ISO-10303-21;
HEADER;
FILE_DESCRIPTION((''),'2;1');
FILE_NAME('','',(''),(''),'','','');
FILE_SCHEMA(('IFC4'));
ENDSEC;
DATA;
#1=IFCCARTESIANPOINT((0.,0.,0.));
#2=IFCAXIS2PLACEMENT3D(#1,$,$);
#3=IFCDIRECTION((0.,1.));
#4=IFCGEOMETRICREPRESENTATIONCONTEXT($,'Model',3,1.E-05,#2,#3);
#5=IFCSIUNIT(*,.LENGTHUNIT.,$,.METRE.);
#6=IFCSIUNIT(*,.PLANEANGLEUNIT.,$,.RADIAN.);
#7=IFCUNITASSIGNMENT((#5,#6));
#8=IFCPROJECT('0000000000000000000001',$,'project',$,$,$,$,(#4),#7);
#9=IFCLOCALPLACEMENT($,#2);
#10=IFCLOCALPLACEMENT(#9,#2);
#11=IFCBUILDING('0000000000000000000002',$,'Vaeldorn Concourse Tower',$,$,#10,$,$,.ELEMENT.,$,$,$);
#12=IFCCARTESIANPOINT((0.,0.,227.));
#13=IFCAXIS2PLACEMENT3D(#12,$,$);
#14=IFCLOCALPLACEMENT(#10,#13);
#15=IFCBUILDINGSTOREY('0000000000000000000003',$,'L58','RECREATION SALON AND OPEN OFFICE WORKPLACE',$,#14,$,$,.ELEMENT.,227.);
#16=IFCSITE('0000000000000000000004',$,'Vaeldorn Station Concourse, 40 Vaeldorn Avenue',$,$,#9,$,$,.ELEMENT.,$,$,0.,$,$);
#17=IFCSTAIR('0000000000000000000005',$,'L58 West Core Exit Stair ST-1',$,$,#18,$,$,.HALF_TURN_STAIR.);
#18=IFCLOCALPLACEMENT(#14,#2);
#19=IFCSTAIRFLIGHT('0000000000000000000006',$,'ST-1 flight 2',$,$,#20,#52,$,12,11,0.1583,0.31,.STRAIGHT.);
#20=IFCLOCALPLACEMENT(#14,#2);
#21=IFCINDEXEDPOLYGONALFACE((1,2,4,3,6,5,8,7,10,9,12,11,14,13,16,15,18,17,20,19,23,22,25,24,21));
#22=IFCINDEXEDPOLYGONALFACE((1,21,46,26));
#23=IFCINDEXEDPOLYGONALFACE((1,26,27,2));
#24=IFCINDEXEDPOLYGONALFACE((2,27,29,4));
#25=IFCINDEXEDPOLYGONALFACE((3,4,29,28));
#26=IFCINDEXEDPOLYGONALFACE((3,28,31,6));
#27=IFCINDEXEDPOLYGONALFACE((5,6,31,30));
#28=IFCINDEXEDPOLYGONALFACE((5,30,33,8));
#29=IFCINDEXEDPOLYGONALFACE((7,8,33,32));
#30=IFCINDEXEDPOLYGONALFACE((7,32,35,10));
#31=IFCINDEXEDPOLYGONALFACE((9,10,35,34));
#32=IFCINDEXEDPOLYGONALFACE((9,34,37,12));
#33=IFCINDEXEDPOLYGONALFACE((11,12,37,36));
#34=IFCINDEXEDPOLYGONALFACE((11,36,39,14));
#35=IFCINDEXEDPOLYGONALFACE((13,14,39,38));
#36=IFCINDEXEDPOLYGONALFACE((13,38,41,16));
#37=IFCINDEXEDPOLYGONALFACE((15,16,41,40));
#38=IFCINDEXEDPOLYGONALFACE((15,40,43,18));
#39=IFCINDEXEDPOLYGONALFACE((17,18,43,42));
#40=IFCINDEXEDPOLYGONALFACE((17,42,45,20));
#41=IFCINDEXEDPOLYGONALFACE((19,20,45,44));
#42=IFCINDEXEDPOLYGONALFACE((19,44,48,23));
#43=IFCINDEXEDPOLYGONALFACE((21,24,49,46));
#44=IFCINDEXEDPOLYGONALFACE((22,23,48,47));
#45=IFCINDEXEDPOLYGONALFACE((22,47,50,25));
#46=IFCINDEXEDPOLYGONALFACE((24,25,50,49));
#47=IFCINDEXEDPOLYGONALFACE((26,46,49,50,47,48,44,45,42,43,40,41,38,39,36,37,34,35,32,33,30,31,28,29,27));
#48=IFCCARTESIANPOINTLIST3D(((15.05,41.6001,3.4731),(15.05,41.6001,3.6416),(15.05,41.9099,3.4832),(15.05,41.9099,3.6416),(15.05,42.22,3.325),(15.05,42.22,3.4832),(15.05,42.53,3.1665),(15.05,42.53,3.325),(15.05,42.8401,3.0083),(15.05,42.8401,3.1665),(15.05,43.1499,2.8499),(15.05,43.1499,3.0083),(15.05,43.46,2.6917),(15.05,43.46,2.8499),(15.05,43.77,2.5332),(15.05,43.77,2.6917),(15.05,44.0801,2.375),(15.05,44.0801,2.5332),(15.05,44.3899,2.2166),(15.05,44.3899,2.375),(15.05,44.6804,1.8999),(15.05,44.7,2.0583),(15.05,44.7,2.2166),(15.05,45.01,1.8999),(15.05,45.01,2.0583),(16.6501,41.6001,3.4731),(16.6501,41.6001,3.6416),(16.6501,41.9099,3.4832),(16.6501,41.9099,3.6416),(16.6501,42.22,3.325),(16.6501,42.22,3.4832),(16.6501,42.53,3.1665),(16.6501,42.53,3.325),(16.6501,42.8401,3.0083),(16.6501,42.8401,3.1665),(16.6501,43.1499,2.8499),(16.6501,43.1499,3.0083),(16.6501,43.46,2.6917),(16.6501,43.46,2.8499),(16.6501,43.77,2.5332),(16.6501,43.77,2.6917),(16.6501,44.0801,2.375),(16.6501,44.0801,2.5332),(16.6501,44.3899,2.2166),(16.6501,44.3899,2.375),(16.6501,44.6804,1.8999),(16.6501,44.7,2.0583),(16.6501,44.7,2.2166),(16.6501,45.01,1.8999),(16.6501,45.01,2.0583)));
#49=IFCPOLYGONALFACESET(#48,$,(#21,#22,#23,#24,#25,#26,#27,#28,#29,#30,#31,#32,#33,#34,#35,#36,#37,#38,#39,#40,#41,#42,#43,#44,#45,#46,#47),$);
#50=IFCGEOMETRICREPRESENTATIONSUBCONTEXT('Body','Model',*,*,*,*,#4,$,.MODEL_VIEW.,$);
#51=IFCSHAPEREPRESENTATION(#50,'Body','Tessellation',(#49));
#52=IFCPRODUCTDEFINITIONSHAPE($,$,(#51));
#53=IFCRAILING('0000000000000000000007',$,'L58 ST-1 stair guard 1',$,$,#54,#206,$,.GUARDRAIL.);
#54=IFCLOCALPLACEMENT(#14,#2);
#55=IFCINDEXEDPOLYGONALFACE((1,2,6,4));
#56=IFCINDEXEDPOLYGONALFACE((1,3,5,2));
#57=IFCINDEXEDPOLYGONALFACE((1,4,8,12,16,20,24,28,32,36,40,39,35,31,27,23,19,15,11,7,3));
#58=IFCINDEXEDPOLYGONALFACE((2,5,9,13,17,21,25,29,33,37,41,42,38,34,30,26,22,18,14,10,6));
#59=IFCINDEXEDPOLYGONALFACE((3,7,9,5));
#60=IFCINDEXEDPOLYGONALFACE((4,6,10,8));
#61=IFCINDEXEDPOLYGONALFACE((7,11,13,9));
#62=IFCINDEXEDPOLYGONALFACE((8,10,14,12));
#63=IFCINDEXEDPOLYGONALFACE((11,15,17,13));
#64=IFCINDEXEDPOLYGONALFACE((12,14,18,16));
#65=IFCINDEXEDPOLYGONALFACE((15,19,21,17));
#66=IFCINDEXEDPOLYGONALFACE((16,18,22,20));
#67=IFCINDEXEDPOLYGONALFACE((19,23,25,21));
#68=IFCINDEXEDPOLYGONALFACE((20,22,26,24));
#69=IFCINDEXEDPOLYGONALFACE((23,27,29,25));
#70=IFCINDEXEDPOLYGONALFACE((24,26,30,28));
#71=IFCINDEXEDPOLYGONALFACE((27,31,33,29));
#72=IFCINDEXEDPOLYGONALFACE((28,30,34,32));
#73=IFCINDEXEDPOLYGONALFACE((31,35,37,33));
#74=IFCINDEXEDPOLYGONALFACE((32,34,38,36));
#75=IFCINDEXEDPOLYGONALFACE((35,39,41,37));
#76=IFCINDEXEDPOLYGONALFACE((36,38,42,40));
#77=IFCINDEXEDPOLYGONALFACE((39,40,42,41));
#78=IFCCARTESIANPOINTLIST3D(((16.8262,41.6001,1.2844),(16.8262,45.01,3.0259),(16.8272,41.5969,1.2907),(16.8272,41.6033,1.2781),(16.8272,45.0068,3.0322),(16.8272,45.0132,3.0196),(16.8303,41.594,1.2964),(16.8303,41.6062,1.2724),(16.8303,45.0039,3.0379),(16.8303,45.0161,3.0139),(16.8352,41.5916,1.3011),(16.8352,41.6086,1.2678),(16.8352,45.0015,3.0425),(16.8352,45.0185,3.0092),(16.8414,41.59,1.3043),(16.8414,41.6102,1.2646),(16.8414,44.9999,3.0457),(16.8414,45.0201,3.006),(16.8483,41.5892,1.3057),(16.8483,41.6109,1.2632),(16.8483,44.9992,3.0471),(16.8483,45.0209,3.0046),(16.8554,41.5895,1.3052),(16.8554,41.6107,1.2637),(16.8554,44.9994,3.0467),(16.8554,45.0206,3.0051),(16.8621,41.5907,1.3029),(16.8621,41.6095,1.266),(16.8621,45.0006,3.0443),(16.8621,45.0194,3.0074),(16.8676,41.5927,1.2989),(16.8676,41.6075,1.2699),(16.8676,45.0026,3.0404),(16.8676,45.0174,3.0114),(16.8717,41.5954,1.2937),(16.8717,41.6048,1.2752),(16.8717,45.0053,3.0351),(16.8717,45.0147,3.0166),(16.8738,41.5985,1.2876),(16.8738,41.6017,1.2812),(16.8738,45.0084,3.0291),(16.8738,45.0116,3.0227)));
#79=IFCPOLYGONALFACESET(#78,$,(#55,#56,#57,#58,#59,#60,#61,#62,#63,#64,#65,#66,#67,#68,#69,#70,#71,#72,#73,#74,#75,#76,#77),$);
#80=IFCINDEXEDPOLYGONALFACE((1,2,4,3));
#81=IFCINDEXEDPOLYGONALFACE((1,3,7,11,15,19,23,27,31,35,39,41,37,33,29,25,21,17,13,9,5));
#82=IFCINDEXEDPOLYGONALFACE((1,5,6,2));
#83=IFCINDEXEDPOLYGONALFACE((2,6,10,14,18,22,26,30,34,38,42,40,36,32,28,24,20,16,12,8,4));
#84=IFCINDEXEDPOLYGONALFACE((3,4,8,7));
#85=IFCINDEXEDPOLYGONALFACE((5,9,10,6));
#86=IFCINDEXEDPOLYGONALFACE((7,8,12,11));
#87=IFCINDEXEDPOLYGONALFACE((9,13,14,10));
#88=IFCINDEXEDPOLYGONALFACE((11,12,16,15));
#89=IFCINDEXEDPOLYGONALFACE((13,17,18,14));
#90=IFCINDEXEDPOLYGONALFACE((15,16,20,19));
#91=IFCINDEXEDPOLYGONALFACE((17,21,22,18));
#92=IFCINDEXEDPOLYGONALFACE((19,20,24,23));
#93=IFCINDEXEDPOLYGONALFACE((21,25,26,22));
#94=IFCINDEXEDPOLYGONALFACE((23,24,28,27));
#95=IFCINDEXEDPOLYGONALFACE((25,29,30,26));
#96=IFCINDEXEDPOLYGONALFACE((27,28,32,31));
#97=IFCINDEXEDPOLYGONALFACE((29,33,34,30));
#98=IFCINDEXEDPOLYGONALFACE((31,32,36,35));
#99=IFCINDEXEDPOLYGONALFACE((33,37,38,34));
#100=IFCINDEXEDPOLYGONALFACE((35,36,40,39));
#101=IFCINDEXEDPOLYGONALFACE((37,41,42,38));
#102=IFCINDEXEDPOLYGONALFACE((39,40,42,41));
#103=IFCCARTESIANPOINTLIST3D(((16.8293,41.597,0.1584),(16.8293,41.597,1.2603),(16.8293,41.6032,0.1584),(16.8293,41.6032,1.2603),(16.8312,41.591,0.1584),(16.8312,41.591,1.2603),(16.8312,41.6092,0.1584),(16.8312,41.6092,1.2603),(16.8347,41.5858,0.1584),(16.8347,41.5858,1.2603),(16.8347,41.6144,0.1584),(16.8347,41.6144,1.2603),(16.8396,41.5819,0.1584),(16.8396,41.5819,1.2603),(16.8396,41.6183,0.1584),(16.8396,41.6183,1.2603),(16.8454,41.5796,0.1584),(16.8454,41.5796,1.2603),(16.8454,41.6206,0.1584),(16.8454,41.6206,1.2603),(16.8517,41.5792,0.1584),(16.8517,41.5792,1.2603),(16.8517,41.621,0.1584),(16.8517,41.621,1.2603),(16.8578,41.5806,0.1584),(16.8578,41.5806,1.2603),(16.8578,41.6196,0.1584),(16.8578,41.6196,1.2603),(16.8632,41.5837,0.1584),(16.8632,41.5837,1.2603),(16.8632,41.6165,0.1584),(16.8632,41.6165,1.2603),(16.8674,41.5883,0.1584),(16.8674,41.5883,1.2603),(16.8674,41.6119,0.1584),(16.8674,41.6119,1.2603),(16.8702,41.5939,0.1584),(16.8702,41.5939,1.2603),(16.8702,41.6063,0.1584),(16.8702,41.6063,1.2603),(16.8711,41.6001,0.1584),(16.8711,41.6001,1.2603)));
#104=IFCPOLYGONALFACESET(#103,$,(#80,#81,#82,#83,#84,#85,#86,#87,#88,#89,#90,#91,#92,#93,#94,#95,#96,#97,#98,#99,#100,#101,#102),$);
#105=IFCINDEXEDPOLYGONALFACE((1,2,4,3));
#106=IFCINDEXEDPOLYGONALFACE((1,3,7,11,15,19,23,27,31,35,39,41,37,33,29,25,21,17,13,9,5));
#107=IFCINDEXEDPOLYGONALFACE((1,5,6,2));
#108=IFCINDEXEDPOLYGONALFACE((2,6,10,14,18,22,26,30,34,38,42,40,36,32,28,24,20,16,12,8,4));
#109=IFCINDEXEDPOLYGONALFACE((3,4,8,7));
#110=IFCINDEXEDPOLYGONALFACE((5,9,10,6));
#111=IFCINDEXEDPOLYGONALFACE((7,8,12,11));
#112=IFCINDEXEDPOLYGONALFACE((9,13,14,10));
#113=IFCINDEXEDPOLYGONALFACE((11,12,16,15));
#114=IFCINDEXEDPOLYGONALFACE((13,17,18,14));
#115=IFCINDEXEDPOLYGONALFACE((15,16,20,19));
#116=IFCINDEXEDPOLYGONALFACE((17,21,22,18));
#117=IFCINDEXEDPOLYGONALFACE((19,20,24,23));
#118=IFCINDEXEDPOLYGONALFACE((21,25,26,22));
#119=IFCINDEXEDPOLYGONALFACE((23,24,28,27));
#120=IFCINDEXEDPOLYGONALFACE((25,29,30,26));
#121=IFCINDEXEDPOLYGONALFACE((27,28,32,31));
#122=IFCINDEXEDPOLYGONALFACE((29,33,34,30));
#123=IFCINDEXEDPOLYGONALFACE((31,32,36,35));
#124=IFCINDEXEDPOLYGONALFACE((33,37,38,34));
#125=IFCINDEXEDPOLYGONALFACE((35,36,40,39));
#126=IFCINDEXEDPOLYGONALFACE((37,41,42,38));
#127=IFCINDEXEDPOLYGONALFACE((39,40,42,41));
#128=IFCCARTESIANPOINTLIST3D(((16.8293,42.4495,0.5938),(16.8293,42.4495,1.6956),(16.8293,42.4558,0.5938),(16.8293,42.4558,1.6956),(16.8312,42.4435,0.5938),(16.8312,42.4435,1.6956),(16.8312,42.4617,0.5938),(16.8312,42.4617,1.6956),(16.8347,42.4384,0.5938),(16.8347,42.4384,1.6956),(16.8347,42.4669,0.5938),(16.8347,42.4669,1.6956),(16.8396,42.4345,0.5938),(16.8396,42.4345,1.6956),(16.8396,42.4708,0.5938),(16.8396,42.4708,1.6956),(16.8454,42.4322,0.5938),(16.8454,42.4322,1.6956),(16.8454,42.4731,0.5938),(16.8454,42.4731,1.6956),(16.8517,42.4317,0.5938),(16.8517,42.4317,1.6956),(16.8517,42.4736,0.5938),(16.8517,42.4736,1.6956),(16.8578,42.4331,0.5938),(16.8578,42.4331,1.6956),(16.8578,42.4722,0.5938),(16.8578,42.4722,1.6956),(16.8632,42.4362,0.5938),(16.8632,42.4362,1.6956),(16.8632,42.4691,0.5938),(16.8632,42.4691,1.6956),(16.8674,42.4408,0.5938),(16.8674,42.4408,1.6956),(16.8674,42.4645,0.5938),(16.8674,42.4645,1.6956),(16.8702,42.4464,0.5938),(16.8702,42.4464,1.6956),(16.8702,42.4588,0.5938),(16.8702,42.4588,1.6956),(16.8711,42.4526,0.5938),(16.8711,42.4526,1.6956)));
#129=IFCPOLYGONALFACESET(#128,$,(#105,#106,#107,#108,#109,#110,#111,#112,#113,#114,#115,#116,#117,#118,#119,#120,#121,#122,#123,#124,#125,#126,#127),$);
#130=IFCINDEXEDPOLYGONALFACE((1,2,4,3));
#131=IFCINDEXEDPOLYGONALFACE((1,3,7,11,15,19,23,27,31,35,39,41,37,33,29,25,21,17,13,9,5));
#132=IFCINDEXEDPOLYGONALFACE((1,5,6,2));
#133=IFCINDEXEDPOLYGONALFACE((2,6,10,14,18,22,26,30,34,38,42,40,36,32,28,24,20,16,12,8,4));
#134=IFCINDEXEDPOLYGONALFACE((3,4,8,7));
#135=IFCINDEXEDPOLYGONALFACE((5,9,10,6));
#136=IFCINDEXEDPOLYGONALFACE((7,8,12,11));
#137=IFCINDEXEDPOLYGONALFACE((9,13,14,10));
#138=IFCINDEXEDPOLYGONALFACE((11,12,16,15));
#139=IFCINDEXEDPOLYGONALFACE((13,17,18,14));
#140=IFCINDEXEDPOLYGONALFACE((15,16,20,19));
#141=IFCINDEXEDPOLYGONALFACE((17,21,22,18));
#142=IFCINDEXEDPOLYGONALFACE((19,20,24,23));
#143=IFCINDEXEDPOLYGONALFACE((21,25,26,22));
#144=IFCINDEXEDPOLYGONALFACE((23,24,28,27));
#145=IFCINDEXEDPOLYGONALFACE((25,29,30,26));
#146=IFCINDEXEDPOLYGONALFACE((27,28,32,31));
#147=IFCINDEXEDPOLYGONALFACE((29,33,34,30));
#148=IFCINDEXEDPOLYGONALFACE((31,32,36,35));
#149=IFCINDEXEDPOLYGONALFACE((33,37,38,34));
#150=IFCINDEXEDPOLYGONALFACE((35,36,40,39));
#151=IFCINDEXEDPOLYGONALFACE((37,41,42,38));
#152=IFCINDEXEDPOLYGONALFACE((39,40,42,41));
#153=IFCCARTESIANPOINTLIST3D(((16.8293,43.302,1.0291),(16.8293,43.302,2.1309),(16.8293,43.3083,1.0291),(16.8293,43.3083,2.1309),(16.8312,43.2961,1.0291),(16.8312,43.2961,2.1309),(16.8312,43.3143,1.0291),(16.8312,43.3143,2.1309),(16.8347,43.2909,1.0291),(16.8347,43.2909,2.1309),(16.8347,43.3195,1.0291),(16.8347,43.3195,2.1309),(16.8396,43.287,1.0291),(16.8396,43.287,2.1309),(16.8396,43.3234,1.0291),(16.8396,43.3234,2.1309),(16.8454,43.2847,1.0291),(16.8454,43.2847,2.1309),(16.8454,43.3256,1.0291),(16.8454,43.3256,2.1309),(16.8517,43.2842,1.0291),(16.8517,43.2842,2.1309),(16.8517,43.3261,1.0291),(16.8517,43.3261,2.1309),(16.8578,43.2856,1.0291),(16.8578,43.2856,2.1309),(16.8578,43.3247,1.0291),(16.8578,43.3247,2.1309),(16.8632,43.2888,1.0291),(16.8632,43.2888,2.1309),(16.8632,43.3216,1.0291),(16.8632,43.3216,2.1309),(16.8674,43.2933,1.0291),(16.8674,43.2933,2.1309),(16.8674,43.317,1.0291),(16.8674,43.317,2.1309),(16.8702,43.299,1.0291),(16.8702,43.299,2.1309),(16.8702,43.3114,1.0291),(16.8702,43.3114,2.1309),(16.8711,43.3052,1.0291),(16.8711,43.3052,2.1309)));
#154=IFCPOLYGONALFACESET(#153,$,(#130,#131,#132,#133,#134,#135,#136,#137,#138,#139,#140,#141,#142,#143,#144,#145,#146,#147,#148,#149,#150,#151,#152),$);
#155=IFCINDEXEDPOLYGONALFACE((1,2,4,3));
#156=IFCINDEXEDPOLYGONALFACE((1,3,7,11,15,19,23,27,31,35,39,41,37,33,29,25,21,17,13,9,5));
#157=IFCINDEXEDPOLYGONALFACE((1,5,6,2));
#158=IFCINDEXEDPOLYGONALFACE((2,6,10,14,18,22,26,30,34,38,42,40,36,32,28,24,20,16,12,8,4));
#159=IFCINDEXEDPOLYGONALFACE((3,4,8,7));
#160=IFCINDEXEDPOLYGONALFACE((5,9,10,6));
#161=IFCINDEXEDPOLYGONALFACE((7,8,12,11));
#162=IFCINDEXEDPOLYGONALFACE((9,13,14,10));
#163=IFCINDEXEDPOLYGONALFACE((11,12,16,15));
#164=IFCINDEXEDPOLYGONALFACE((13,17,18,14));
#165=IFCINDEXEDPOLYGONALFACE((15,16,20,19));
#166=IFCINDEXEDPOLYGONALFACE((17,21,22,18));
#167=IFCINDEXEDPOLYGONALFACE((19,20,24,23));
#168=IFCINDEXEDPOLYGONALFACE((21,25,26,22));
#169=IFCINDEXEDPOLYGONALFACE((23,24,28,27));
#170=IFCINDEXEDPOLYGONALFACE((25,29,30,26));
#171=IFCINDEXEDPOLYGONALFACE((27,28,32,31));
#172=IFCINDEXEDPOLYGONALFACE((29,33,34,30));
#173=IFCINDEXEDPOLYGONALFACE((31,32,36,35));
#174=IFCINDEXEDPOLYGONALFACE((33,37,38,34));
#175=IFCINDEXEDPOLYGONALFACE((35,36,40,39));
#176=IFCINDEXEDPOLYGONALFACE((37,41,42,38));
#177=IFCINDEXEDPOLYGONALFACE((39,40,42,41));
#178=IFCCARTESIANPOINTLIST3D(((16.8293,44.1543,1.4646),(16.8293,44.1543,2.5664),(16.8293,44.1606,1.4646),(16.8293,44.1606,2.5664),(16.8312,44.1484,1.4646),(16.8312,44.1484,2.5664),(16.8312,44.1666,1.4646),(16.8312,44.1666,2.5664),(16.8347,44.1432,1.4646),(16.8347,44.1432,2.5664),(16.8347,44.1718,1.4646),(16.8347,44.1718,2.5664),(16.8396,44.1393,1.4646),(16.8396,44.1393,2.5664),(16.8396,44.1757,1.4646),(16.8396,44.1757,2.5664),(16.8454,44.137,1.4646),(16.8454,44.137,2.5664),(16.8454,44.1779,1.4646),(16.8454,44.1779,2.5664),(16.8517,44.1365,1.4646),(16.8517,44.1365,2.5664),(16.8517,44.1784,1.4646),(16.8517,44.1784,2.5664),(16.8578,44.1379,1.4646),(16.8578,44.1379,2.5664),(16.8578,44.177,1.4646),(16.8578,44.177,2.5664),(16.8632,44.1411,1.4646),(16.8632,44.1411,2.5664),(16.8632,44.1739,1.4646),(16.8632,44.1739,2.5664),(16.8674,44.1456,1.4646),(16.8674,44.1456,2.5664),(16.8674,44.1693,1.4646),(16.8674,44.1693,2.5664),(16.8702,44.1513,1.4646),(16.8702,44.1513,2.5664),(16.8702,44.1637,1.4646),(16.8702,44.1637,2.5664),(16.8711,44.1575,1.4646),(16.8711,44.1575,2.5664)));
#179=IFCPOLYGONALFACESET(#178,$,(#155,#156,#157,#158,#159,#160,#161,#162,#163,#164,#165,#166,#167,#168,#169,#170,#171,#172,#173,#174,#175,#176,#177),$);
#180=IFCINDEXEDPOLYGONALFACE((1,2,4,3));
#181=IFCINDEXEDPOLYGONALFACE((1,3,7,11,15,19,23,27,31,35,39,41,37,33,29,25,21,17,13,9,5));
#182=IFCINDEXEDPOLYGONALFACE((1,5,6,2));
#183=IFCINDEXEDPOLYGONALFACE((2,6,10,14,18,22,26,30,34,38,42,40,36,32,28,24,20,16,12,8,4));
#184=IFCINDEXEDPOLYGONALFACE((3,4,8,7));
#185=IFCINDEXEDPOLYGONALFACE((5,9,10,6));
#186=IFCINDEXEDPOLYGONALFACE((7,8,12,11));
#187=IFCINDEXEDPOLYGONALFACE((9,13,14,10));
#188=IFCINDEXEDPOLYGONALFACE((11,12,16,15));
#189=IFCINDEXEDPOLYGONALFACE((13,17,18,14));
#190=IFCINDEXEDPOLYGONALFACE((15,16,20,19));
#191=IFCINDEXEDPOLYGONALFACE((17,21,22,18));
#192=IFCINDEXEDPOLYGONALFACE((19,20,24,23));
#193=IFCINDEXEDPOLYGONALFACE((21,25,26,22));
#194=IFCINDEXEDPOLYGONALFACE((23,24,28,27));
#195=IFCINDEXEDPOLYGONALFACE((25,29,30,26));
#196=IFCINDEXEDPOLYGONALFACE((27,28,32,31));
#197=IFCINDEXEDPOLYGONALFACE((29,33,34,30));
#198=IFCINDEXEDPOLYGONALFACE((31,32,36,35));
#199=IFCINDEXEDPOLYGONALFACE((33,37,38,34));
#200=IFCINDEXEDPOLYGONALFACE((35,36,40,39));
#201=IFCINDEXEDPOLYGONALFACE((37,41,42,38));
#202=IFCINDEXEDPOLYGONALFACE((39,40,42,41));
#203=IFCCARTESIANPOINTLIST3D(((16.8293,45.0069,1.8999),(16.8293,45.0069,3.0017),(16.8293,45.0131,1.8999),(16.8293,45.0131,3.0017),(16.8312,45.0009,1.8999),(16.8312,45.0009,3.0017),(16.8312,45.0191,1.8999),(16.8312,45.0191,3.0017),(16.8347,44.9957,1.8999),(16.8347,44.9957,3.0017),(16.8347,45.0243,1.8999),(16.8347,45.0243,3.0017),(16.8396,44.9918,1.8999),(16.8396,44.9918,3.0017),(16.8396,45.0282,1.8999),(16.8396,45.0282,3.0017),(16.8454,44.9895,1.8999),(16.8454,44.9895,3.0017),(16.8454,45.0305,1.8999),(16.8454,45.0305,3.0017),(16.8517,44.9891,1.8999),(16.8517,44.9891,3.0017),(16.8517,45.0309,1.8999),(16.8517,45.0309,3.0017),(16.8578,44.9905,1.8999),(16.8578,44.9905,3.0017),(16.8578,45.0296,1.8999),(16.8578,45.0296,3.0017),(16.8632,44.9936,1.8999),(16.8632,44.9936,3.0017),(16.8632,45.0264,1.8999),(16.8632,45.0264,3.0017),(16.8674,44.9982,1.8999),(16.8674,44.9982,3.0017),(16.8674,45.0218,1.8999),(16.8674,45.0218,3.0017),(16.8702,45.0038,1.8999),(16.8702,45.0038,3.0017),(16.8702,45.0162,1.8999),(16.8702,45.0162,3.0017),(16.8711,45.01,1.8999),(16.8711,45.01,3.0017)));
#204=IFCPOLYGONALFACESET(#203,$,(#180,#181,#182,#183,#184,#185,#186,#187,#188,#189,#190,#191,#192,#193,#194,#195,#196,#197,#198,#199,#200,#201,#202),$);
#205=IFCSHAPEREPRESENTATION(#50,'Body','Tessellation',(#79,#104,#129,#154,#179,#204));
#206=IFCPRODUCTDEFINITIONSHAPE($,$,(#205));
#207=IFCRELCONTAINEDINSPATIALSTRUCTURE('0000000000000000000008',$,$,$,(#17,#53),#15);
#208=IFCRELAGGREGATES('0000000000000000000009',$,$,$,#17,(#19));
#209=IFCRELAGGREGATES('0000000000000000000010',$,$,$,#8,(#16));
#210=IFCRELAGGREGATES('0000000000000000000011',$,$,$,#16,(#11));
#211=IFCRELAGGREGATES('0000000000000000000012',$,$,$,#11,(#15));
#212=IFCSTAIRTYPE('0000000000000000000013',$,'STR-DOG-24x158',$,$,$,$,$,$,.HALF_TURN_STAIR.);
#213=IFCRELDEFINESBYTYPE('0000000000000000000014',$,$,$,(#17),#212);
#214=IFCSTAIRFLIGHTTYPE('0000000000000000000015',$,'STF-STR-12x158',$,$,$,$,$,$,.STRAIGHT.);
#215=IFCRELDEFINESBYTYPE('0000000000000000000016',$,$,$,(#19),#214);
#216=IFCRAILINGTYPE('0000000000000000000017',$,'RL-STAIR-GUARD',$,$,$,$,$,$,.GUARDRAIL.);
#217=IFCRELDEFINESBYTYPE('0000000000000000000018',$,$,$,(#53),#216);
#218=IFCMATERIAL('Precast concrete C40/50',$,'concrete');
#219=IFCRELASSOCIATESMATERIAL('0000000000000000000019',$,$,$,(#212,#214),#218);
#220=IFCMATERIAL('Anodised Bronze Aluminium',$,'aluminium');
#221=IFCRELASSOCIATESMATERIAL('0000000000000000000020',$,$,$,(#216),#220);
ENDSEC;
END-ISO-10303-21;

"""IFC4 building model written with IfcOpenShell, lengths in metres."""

from ifc_helpers import new_model, si_unit, direction, frame, origin, origin_2d, place, context, subcontext, project, spatial, polyline, circle, outline, extrude, material, type_object, element, aggregate, save


model = new_model("IFC4")

# Units and contexts
model_context = context("Model", 3, precision=1e-05, world=origin(), true_north=direction((0.0, 1.0)))
body_context = subcontext(model_context, "Body", "Model", "MODEL_VIEW")
ifc_project = project(units=[si_unit("LENGTHUNIT", "METRE"), si_unit("PLANEANGLEUNIT", "RADIAN")], contexts=[model_context])

# Site, building, storey
site_placement = place(None, origin())
site = spatial("IfcSite", under=ifc_project, at=site_placement, Name="Vaeldorn Station Concourse, 40 Vaeldorn Avenue", CompositionType="ELEMENT", RefElevation=0.0)
building_placement = place(site_placement, origin())
building = spatial("IfcBuilding", under=site, at=building_placement, Name="Vaeldorn Concourse Tower", CompositionType="ELEMENT")
storey_placement = place(building_placement, frame((0.0, 0.0, 227.0)))
storey = spatial("IfcBuildingStorey", under=building, at=storey_placement, Name="L58", Description="RECREATION SALON AND OPEN OFFICE WORKPLACE", CompositionType="ELEMENT", Elevation=227.0)

# Shared definitions
ifc_material_1 = material(Name="Anodised Bronze Aluminium", Category="aluminium")

# Stair, stair flight
ifc_material_2 = material(Name="Precast concrete C40/50", Category="concrete")
stair_type = type_object("IfcStairType", Name="STR-DOG-24x158", PredefinedType="HALF_TURN_STAIR", material=ifc_material_2)
stair_placement = place(storey_placement, origin())
stair = element("IfcStair", 1, at=stair_placement, inside=storey, type_object=stair_type, Name="L58 West Core Exit Stair ST-1", PredefinedType="HALF_TURN_STAIR")
stair_flight_type = type_object("IfcStairFlightType", Name="STF-STR-12x158", PredefinedType="STRAIGHT", material=ifc_material_2)
stair_flight_1_placement = place(storey_placement, frame((15.8501, 45.01, 1.8999), z_axis=(0.0, 0.0, 1.0), x_axis=(0.0, -1.0, 0.0)))
stair_flight_1 = element("IfcStairFlight", 2, at=stair_flight_1_placement, type_object=stair_flight_type, Name="ST-1 flight 2", NumberOfRisers=12, NumberOfTreads=11, PredefinedType="STRAIGHT", RiserHeight=0.1583, TreadLength=0.31, context=body_context, shape_type="SweptSolid", body=[
    extrude(outline(polyline([(0.0, 0.0), (0.0, 0.1584), (0.3101, 0.1584), (0.3101, 0.3167), (0.6201, 0.3167), (0.6201, 0.4751), (0.9299, 0.4751), (0.9299, 0.6333), (1.24, 0.6333), (1.24, 0.7917), (1.55, 0.7917), (1.55, 0.95), (1.8601, 0.95), (1.8601, 1.1084), (2.1699, 1.1084), (2.1699, 1.2666), (2.48, 1.2666), (2.48, 1.425), (2.79, 1.425), (2.79, 1.5833), (3.1001, 1.5833), (3.1001, 1.7417), (3.4099, 1.7417), (3.4099, 1.8999), (3.4099, 1.5732), (0.3296, 0.0), (0.0, 0.0)])), frame((0.0, 0.8, 0.0), z_axis=(0.0, -1.0, 0.0), x_axis=(1.0, 0.0, 0.0)), (0.0, 0.0, 1.0), 1.6001),
])
aggregate(stair, [stair_flight_1])

# Railing
railing_type_1 = type_object("IfcRailingType", Name="RL-STAIR-GUARD", PredefinedType="GUARDRAIL", material=ifc_material_1)
railing_1_placement = place(storey_placement, frame((16.8501, 41.6001, 0.1584)))
element("IfcRailing", 3, at=railing_1_placement, inside=storey, type_object=railing_type_1, Name="L58 ST-1 stair guard 1", PredefinedType="GUARDRAIL", context=body_context, shape_type="SweptSolid", body=[
    extrude(circle(Radius=0.0239, at=origin_2d()), frame((0.0, 0.0, 1.126), z_axis=(0.0, 0.890582, 0.454823), x_axis=(-1.0, 0.0, 0.0)), (0.0, 0.0, 1.0), 3.8289),
    extrude(circle(Radius=0.021, at=origin_2d()), origin(), (0.0, 0.0, 1.0), 1.1018),
    extrude(circle(Radius=0.021, at=origin_2d()), frame((0.0, 0.8525, 0.4353)), (0.0, 0.0, 1.0), 1.1018),
    extrude(circle(Radius=0.021, at=origin_2d()), frame((0.0, 1.7051, 0.8706)), (0.0, 0.0, 1.0), 1.1018),
    extrude(circle(Radius=0.021, at=origin_2d()), frame((0.0, 2.5574, 1.3062)), (0.0, 0.0, 1.0), 1.1018),
    extrude(circle(Radius=0.021, at=origin_2d()), frame((0.0, 3.4099, 1.7415)), (0.0, 0.0, 1.0), 1.1018),
])

save(model, "model.ifc")
